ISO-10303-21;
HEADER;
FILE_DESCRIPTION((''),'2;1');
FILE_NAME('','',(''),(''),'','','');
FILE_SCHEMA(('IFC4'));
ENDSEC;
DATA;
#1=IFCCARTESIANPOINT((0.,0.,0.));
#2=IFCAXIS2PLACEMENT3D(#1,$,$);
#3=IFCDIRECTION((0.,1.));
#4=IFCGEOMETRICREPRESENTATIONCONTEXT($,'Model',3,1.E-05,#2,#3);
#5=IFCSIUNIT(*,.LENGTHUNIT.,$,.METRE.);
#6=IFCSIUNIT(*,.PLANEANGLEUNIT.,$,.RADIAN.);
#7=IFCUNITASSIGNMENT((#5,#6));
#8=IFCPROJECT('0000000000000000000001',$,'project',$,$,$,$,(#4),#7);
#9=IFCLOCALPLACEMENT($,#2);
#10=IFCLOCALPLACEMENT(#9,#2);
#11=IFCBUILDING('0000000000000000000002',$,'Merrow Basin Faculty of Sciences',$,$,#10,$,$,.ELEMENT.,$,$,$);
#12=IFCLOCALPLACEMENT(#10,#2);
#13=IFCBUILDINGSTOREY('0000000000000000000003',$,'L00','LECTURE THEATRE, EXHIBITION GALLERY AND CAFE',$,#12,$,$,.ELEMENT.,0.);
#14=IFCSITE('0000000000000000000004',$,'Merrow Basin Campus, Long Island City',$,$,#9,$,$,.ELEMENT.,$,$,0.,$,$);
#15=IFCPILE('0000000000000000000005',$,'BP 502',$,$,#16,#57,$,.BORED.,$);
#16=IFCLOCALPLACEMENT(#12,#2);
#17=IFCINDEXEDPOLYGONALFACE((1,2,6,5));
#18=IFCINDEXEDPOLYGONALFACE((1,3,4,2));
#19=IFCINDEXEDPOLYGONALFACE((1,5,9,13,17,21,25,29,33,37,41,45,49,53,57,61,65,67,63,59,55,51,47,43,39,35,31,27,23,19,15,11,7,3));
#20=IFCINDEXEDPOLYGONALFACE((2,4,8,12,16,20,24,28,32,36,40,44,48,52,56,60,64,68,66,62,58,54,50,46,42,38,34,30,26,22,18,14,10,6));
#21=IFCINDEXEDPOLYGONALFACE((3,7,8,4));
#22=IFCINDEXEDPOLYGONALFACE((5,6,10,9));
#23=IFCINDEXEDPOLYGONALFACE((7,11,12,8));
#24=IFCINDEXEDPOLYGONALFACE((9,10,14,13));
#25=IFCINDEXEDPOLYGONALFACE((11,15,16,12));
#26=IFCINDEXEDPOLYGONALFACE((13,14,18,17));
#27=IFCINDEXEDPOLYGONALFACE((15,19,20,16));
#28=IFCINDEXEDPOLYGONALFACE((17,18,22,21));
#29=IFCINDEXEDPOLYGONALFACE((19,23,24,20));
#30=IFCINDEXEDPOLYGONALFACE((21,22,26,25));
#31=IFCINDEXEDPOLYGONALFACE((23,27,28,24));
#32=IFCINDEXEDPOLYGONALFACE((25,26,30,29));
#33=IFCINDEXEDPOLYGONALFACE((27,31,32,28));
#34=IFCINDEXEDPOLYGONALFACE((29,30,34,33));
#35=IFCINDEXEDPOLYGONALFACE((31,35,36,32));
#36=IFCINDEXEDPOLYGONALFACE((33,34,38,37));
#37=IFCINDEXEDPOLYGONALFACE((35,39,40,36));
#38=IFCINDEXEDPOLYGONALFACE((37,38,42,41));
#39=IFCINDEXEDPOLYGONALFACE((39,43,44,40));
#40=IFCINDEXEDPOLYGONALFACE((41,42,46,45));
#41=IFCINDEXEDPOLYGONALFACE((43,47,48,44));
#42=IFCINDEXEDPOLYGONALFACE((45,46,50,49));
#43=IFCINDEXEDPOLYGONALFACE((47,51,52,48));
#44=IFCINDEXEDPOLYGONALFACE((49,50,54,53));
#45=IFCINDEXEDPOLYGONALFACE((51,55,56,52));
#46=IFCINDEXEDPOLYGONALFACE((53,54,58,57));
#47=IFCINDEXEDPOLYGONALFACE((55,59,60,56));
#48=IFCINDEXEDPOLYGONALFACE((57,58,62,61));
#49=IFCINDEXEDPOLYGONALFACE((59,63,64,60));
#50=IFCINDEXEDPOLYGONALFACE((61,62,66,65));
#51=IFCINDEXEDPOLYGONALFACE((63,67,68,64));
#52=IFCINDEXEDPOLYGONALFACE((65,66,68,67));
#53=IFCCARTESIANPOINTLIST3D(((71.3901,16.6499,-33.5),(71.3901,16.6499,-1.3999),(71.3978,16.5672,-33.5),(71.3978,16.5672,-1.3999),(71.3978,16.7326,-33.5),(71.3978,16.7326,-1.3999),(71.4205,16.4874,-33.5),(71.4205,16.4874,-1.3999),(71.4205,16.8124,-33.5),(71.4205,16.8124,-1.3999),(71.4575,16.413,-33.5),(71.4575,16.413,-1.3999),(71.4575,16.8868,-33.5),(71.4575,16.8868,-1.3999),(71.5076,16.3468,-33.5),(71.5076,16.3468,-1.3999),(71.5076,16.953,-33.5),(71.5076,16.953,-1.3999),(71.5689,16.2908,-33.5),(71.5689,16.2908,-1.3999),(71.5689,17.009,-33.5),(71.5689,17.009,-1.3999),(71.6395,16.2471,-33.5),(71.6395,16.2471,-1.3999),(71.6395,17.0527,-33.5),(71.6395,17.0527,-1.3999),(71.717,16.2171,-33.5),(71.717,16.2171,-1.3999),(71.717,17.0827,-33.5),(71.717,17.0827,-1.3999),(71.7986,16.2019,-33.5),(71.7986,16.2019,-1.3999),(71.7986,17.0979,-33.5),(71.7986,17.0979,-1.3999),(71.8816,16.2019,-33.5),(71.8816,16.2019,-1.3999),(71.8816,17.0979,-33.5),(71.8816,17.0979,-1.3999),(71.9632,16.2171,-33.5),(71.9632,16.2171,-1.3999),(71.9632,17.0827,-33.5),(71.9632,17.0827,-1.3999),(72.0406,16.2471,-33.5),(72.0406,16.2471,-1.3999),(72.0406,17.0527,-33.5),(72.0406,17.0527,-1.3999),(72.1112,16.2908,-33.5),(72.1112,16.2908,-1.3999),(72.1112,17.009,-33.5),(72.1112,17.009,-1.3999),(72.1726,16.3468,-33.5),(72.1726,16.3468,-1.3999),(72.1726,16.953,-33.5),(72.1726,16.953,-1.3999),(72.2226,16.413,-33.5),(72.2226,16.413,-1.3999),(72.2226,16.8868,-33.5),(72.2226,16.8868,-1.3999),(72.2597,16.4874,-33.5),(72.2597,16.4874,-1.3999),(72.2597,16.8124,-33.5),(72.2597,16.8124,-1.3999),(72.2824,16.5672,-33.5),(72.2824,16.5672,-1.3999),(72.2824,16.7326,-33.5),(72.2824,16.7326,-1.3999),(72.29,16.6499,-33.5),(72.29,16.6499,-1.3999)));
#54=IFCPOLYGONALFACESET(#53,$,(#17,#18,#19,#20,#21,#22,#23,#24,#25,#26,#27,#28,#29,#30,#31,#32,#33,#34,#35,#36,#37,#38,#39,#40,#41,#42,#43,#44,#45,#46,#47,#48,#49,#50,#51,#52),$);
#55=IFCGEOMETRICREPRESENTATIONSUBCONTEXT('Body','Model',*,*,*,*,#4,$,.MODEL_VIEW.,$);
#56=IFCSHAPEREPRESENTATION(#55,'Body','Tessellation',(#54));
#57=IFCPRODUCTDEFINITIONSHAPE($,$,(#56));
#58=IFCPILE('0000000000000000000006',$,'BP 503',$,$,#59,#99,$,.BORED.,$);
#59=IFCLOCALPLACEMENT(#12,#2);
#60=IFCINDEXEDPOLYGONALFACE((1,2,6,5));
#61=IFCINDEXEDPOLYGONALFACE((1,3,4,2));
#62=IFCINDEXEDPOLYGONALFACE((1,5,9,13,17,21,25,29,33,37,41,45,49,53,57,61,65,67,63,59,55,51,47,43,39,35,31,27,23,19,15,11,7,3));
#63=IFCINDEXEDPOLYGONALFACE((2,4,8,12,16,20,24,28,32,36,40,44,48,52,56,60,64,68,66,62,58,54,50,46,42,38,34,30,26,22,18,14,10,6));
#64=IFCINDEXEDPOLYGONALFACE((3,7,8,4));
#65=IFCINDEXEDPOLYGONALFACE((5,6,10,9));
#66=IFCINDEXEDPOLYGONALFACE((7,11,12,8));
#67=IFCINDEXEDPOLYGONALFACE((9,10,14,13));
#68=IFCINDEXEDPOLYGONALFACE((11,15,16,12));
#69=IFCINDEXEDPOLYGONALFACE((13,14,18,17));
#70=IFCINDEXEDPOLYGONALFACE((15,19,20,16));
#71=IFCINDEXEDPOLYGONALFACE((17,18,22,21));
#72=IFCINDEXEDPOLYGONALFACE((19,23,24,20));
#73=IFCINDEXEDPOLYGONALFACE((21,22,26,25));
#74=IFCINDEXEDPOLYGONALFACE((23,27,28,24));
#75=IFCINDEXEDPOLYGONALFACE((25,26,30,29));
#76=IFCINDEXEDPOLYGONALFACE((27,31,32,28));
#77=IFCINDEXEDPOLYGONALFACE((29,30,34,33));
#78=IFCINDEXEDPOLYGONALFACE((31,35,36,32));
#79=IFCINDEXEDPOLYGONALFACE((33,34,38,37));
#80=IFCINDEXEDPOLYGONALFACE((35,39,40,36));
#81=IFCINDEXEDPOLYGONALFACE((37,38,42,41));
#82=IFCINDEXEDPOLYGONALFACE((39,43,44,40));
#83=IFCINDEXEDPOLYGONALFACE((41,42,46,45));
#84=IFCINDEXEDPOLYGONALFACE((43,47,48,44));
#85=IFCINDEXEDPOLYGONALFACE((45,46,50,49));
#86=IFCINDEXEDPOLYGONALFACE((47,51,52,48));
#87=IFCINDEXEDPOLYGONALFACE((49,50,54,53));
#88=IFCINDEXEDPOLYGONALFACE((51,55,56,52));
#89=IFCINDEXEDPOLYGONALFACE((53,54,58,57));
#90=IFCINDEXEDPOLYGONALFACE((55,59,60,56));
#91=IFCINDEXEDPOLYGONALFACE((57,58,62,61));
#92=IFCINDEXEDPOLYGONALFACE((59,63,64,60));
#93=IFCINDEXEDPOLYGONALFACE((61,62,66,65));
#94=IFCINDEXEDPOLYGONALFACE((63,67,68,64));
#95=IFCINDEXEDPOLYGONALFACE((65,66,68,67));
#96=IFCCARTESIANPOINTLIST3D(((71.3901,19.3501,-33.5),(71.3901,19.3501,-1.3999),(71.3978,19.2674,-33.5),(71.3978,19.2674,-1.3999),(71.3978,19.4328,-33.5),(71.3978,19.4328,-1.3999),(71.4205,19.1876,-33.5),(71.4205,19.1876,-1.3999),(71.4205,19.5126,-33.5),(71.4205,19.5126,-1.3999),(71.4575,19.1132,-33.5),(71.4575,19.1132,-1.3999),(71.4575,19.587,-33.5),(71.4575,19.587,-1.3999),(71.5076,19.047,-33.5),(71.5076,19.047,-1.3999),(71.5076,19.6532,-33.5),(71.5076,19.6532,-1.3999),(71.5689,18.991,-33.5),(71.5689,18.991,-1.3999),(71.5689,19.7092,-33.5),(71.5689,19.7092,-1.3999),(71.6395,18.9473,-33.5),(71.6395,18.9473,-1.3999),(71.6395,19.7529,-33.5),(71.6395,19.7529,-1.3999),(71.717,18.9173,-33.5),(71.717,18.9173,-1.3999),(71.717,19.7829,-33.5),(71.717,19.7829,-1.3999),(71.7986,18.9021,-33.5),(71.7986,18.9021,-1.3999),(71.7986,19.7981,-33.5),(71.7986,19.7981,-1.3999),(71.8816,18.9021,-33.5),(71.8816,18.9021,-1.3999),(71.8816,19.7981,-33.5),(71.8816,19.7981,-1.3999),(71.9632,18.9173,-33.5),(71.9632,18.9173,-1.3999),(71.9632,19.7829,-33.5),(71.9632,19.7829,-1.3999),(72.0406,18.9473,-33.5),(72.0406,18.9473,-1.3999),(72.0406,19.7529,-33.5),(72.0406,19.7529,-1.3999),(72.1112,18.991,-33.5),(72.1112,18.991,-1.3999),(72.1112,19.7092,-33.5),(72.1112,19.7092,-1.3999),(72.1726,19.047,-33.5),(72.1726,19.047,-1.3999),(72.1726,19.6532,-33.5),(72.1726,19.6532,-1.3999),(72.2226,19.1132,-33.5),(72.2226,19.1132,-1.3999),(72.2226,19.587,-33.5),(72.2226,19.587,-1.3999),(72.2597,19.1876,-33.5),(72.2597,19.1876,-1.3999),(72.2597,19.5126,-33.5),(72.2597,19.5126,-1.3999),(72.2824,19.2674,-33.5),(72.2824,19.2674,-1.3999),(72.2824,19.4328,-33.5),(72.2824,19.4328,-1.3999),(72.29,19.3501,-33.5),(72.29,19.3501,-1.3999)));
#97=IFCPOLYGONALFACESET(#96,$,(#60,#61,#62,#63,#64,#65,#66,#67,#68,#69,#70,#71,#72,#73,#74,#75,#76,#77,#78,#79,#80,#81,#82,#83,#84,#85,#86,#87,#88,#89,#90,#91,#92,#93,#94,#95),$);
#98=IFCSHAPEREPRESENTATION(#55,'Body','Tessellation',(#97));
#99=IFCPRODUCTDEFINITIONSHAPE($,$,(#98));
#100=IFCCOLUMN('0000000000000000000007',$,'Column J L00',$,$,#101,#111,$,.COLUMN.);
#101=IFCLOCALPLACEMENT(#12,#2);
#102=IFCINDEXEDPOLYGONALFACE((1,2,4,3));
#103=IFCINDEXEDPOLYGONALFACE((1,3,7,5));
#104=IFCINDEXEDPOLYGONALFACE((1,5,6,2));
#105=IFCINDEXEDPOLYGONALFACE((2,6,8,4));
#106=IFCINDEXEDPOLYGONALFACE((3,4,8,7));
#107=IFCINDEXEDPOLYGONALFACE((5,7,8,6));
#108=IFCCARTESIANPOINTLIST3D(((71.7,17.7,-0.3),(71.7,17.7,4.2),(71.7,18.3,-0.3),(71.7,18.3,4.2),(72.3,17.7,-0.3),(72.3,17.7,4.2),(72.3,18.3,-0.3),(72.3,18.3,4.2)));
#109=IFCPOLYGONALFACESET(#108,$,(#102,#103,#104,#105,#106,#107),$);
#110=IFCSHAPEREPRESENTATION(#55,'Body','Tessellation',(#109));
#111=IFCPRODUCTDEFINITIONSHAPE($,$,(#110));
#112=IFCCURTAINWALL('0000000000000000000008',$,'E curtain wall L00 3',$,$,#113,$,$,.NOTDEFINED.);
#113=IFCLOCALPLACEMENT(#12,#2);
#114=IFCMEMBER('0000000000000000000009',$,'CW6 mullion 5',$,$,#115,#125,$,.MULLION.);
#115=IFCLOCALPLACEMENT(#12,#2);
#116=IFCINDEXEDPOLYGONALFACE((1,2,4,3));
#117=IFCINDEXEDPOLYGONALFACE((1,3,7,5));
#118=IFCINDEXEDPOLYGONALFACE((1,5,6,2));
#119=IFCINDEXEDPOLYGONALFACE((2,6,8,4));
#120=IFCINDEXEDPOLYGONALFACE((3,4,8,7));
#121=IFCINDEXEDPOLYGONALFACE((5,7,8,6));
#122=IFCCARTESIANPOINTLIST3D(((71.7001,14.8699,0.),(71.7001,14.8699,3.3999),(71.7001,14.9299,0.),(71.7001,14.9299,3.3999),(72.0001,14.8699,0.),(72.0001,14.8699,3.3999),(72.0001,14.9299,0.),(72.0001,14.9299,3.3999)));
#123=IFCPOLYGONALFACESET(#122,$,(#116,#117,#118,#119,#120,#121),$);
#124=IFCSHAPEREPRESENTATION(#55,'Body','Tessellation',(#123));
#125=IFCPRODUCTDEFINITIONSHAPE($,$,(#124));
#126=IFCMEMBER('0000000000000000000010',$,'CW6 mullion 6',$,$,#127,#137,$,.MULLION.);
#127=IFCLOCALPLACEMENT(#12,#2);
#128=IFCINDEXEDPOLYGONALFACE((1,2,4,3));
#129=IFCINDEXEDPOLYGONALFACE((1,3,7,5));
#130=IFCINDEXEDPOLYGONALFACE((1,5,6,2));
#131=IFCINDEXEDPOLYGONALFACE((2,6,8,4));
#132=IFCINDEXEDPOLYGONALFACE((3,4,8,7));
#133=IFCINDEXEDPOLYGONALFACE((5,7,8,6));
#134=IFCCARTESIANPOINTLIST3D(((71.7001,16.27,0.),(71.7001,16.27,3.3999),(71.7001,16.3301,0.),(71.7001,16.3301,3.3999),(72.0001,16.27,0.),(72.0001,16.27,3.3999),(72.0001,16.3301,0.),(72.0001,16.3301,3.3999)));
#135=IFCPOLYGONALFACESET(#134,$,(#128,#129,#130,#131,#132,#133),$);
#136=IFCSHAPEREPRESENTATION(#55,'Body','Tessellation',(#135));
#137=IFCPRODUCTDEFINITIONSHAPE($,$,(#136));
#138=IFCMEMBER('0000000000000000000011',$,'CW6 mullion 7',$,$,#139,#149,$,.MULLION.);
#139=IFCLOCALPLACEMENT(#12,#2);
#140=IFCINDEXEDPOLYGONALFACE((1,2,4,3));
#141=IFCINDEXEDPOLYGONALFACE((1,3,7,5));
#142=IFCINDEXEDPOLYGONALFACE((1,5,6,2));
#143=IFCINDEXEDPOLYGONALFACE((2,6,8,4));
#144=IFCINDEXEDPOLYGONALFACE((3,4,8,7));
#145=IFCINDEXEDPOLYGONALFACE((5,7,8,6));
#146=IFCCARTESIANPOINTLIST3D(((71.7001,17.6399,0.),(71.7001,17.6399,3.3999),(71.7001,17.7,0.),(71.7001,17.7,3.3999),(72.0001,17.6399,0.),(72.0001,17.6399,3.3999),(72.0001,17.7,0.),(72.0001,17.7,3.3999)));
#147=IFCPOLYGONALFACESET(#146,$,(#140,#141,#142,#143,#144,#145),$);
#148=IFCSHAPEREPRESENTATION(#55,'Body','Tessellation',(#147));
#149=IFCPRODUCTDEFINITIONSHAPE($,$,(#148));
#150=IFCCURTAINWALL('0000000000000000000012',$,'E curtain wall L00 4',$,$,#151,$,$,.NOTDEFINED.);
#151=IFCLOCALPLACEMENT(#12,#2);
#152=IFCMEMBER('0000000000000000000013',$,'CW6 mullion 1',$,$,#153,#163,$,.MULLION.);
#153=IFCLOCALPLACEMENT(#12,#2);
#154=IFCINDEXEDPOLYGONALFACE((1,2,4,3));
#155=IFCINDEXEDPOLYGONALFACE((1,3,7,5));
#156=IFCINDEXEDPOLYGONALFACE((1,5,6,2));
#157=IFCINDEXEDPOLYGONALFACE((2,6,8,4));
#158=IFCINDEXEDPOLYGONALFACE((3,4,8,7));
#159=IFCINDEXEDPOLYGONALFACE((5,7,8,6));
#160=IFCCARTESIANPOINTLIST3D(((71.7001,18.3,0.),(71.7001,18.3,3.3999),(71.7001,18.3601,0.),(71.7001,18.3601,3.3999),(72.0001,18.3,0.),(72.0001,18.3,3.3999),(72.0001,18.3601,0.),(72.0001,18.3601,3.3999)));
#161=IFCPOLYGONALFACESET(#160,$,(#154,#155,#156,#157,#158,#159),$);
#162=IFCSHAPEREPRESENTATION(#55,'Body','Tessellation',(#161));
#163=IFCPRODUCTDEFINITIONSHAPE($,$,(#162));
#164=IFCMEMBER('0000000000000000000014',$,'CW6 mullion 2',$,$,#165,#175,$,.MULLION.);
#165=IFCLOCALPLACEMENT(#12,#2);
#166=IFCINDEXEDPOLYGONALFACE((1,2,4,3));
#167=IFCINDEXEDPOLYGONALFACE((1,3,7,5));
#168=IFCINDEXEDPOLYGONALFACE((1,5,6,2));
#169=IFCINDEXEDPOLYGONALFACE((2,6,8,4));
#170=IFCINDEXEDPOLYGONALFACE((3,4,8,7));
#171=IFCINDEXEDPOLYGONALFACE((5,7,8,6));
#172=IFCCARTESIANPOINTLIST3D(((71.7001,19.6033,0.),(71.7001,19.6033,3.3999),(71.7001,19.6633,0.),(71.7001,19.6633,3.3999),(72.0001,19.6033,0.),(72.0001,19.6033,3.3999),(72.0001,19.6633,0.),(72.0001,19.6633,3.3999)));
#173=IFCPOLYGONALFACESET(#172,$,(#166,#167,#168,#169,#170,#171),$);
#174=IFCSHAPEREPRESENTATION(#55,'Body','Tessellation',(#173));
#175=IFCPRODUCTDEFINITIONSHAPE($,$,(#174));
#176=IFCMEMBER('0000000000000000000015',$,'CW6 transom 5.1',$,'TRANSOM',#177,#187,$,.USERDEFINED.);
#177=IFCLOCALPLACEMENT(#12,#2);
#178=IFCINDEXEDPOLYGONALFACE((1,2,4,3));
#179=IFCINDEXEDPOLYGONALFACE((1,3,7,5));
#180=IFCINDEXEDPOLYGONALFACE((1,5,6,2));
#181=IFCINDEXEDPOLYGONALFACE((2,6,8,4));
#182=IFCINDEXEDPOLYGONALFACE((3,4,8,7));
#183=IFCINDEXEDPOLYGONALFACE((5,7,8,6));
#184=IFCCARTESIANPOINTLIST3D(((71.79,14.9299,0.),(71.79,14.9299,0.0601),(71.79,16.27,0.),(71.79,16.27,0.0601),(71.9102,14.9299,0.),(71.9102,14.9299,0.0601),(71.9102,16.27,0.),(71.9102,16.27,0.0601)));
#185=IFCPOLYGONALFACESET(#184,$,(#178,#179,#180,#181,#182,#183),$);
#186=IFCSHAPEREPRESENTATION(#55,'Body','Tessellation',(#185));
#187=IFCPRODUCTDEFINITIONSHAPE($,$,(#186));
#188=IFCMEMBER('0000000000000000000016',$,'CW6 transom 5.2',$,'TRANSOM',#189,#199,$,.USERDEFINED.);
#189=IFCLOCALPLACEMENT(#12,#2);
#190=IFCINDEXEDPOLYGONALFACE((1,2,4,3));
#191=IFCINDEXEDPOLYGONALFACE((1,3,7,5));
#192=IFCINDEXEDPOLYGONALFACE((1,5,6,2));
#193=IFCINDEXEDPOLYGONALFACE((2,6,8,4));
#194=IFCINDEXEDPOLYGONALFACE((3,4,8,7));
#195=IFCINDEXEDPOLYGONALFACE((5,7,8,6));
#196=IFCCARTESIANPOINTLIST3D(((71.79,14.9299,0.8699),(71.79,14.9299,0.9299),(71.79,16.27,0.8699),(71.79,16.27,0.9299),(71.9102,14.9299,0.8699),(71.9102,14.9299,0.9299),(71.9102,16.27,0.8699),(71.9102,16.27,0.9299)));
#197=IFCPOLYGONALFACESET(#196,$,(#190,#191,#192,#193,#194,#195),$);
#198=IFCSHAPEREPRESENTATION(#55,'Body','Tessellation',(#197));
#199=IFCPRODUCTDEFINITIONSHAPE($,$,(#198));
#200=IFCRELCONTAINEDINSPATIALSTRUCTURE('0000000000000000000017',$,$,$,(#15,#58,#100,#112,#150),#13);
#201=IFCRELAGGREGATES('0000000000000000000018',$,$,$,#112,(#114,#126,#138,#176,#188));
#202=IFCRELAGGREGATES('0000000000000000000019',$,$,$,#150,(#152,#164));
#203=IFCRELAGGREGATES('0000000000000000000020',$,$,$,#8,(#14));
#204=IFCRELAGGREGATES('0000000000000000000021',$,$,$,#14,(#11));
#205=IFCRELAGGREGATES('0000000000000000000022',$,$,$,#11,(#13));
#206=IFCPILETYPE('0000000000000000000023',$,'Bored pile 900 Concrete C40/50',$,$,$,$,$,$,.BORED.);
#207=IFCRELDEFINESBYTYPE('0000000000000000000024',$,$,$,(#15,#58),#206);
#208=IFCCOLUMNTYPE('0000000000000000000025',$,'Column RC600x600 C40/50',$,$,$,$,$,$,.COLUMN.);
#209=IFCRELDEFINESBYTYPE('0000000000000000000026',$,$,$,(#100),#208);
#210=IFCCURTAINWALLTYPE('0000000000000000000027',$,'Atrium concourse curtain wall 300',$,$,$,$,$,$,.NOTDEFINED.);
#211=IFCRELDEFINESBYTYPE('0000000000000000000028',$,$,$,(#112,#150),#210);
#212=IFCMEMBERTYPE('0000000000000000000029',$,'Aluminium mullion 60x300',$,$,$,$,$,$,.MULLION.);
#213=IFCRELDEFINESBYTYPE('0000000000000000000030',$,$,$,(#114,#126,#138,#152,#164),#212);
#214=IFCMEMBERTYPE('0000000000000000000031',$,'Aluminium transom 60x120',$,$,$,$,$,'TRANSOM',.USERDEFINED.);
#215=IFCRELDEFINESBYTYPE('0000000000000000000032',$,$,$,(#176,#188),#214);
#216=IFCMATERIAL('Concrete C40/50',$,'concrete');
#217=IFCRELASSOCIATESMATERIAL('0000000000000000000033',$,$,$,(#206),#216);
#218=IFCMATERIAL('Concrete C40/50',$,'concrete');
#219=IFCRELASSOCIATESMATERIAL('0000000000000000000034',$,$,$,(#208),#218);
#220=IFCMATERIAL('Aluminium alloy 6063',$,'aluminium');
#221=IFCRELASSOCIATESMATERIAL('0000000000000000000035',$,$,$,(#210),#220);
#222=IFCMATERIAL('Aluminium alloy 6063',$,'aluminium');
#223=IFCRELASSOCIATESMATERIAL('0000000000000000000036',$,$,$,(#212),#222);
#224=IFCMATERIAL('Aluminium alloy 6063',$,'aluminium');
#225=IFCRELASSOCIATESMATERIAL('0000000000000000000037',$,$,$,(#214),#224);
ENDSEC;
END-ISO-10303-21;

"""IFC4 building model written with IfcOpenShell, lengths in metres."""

from ifc_helpers import new_model, si_unit, direction, frame, origin, origin_2d, place, context, subcontext, project, spatial, rectangle, circle, extrude, material, material_profile, profile_set, type_object, element, aggregate, save


model = new_model("IFC4")

# Units and contexts
model_context = context("Model", 3, precision=1e-05, world=origin(), true_north=direction((0.0, 1.0)))
body_context = subcontext(model_context, "Body", "Model", "MODEL_VIEW")
ifc_project = project(units=[si_unit("LENGTHUNIT", "METRE"), si_unit("PLANEANGLEUNIT", "RADIAN")], contexts=[model_context])

# Site, building, storey
site_placement = place(None, origin())
site = spatial("IfcSite", under=ifc_project, at=site_placement, Name="Merrow Basin Campus, Long Island City", CompositionType="ELEMENT", RefElevation=0.0)
building_placement = place(site_placement, origin())
building = spatial("IfcBuilding", under=site, at=building_placement, Name="Merrow Basin Faculty of Sciences", CompositionType="ELEMENT")
storey_placement = place(building_placement, origin())
storey = spatial("IfcBuildingStorey", under=building, at=storey_placement, Name="L00", Description="LECTURE THEATRE, EXHIBITION GALLERY AND CAFE", CompositionType="ELEMENT", Elevation=0.0)

# Piles
ifc_material_1 = material(Name="Concrete C40/50", Category="concrete")
ifc_material_profile_1 = material_profile(ifc_material_1, circle(Radius=0.45, at=origin_2d()))
ifc_profile_set_1 = profile_set([ifc_material_profile_1], Name="Concrete C40/50")
pile_type = type_object("IfcPileType", Name="Bored pile 900 Concrete C40/50", PredefinedType="BORED", material=ifc_profile_set_1)
for number, where, z_axis, x_axis, name in (
    (1, (71.8401, 16.6499, -1.3999), (0.0, 0.0, -1.0), (1.0, 0.0, 0.0), "BP 502"),
    (2, (71.8401, 19.3501, -1.3999), (0.0, 0.0, -1.0), (1.0, 0.0, 0.0), "BP 503"),
):
    element("IfcPile", number, at=place(storey_placement, frame(where, z_axis=z_axis, x_axis=x_axis)), inside=storey, type_object=pile_type, Name=name, PredefinedType="BORED", context=body_context, shape_type="SweptSolid", body=[
        extrude(circle(Radius=0.45, at=origin_2d()), origin(), (0.0, 0.0, 1.0), 32.1001),
    ])

# Column
ifc_material_2 = material(Name="Concrete C40/50", Category="concrete")
ifc_material_profile_2 = material_profile(ifc_material_2, rectangle(XDim=0.6001, YDim=0.6001, at=origin_2d()))
ifc_profile_set_2 = profile_set([ifc_material_profile_2], Name="Concrete C40/50")
column_type = type_object("IfcColumnType", Name="Column RC600x600 C40/50", PredefinedType="COLUMN", material=ifc_profile_set_2)
column_placement = place(storey_placement, frame((72.0, 18.0, -0.3), z_axis=(0.0, 0.0, 1.0), x_axis=(1.0, 0.0, 0.0)))
element("IfcColumn", 3, at=column_placement, inside=storey, type_object=column_type, Name="Column J L00", PredefinedType="COLUMN", context=body_context, shape_type="SweptSolid", body=[
    extrude(rectangle(XDim=0.6001, YDim=0.6001, at=origin_2d()), origin(), (0.0, 0.0, 1.0), 4.5),
])

# Curtain walls, members
ifc_material_3 = material(Name="Aluminium alloy 6063", Category="aluminium")
curtain_wall_type = type_object("IfcCurtainWallType", Name="Atrium concourse curtain wall 300", PredefinedType="NOTDEFINED", material=ifc_material_3)
curtain_wall_1_placement = place(storey_placement, origin())
curtain_wall_1 = element("IfcCurtainWall", 4, at=curtain_wall_1_placement, inside=storey, type_object=curtain_wall_type, Name="E curtain wall L00 3", PredefinedType="NOTDEFINED")
ifc_material_4 = material(Name="Aluminium alloy 6063", Category="aluminium")
ifc_material_profile_3 = material_profile(ifc_material_4, rectangle(XDim=0.3, YDim=0.0601, at=origin_2d()))
ifc_profile_set_3 = profile_set([ifc_material_profile_3], Name="Aluminium alloy 6063")
member_type_1 = type_object("IfcMemberType", Name="Aluminium mullion 60x300", PredefinedType="MULLION", material=ifc_profile_set_3)
member_1_placement = place(storey_placement, frame((71.8501, 14.8999, 0.0), z_axis=(0.0, 0.0, 1.0), x_axis=(-1.0, 0.0, 0.0)))
member_1 = element("IfcMember", 5, at=member_1_placement, type_object=member_type_1, Name="CW6 mullion 5", PredefinedType="MULLION", context=body_context, shape_type="SweptSolid", body=[
    extrude(rectangle(XDim=0.3, YDim=0.0601, at=origin_2d()), origin(), (0.0, 0.0, 1.0), 3.3999),
])
member_2_placement = place(storey_placement, frame((71.8501, 16.3, 0.0), z_axis=(0.0, 0.0, 1.0), x_axis=(-1.0, 0.0, 0.0)))
member_2 = element("IfcMember", 6, at=member_2_placement, type_object=member_type_1, Name="CW6 mullion 6", PredefinedType="MULLION", context=body_context, shape_type="SweptSolid", body=[
    extrude(rectangle(XDim=0.3, YDim=0.0601, at=origin_2d()), origin(), (0.0, 0.0, 1.0), 3.3999),
])
member_3_placement = place(storey_placement, frame((71.8501, 17.6699, 0.0), z_axis=(0.0, 0.0, 1.0), x_axis=(-1.0, 0.0, 0.0)))
member_3 = element("IfcMember", 7, at=member_3_placement, type_object=member_type_1, Name="CW6 mullion 7", PredefinedType="MULLION", context=body_context, shape_type="SweptSolid", body=[
    extrude(rectangle(XDim=0.3, YDim=0.0601, at=origin_2d()), origin(), (0.0, 0.0, 1.0), 3.3999),
])
curtain_wall_2_placement = place(storey_placement, origin())
curtain_wall_2 = element("IfcCurtainWall", 8, at=curtain_wall_2_placement, inside=storey, type_object=curtain_wall_type, Name="E curtain wall L00 4", PredefinedType="NOTDEFINED")
member_4_placement = place(storey_placement, frame((71.8501, 18.3301, 0.0), z_axis=(0.0, 0.0, 1.0), x_axis=(-1.0, 0.0, 0.0)))
member_4 = element("IfcMember", 9, at=member_4_placement, type_object=member_type_1, Name="CW6 mullion 1", PredefinedType="MULLION", context=body_context, shape_type="SweptSolid", body=[
    extrude(rectangle(XDim=0.3, YDim=0.0601, at=origin_2d()), origin(), (0.0, 0.0, 1.0), 3.3999),
])
member_5_placement = place(storey_placement, frame((71.8501, 19.6333, 0.0), z_axis=(0.0, 0.0, 1.0), x_axis=(-1.0, 0.0, 0.0)))
member_5 = element("IfcMember", 10, at=member_5_placement, type_object=member_type_1, Name="CW6 mullion 2", PredefinedType="MULLION", context=body_context, shape_type="SweptSolid", body=[
    extrude(rectangle(XDim=0.3, YDim=0.0601, at=origin_2d()), origin(), (0.0, 0.0, 1.0), 3.3999),
])

# Members
ifc_material_5 = material(Name="Aluminium alloy 6063", Category="aluminium")
ifc_material_profile_4 = material_profile(ifc_material_5, rectangle(XDim=0.1201, YDim=0.0601, at=origin_2d()))
ifc_profile_set_4 = profile_set([ifc_material_profile_4], Name="Aluminium alloy 6063")
member_type_2 = type_object("IfcMemberType", Name="Aluminium transom 60x120", ElementType="TRANSOM", PredefinedType="USERDEFINED", material=ifc_profile_set_4)
member_6_placement = place(storey_placement, frame((71.8501, 14.9299, 0.03), z_axis=(0.0, 1.0, 0.0), x_axis=(-1.0, 0.0, 0.0)))
member_6 = element("IfcMember", 11, at=member_6_placement, type_object=member_type_2, Name="CW6 transom 5.1", ObjectType="TRANSOM", PredefinedType="USERDEFINED", context=body_context, shape_type="SweptSolid", body=[
    extrude(rectangle(XDim=0.1201, YDim=0.0601, at=origin_2d()), origin(), (0.0, 0.0, 1.0), 1.3401),
])
member_7_placement = place(storey_placement, frame((71.8501, 14.9299, 0.8999), z_axis=(0.0, 1.0, 0.0), x_axis=(-1.0, 0.0, 0.0)))
member_7 = element("IfcMember", 12, at=member_7_placement, type_object=member_type_2, Name="CW6 transom 5.2", ObjectType="TRANSOM", PredefinedType="USERDEFINED", context=body_context, shape_type="SweptSolid", body=[
    extrude(rectangle(XDim=0.1201, YDim=0.0601, at=origin_2d()), origin(), (0.0, 0.0, 1.0), 1.3401),
])

aggregate(curtain_wall_1, [member_1, member_2, member_3, member_6, member_7])
aggregate(curtain_wall_2, [member_4, member_5])

save(model, "model.ifc")
